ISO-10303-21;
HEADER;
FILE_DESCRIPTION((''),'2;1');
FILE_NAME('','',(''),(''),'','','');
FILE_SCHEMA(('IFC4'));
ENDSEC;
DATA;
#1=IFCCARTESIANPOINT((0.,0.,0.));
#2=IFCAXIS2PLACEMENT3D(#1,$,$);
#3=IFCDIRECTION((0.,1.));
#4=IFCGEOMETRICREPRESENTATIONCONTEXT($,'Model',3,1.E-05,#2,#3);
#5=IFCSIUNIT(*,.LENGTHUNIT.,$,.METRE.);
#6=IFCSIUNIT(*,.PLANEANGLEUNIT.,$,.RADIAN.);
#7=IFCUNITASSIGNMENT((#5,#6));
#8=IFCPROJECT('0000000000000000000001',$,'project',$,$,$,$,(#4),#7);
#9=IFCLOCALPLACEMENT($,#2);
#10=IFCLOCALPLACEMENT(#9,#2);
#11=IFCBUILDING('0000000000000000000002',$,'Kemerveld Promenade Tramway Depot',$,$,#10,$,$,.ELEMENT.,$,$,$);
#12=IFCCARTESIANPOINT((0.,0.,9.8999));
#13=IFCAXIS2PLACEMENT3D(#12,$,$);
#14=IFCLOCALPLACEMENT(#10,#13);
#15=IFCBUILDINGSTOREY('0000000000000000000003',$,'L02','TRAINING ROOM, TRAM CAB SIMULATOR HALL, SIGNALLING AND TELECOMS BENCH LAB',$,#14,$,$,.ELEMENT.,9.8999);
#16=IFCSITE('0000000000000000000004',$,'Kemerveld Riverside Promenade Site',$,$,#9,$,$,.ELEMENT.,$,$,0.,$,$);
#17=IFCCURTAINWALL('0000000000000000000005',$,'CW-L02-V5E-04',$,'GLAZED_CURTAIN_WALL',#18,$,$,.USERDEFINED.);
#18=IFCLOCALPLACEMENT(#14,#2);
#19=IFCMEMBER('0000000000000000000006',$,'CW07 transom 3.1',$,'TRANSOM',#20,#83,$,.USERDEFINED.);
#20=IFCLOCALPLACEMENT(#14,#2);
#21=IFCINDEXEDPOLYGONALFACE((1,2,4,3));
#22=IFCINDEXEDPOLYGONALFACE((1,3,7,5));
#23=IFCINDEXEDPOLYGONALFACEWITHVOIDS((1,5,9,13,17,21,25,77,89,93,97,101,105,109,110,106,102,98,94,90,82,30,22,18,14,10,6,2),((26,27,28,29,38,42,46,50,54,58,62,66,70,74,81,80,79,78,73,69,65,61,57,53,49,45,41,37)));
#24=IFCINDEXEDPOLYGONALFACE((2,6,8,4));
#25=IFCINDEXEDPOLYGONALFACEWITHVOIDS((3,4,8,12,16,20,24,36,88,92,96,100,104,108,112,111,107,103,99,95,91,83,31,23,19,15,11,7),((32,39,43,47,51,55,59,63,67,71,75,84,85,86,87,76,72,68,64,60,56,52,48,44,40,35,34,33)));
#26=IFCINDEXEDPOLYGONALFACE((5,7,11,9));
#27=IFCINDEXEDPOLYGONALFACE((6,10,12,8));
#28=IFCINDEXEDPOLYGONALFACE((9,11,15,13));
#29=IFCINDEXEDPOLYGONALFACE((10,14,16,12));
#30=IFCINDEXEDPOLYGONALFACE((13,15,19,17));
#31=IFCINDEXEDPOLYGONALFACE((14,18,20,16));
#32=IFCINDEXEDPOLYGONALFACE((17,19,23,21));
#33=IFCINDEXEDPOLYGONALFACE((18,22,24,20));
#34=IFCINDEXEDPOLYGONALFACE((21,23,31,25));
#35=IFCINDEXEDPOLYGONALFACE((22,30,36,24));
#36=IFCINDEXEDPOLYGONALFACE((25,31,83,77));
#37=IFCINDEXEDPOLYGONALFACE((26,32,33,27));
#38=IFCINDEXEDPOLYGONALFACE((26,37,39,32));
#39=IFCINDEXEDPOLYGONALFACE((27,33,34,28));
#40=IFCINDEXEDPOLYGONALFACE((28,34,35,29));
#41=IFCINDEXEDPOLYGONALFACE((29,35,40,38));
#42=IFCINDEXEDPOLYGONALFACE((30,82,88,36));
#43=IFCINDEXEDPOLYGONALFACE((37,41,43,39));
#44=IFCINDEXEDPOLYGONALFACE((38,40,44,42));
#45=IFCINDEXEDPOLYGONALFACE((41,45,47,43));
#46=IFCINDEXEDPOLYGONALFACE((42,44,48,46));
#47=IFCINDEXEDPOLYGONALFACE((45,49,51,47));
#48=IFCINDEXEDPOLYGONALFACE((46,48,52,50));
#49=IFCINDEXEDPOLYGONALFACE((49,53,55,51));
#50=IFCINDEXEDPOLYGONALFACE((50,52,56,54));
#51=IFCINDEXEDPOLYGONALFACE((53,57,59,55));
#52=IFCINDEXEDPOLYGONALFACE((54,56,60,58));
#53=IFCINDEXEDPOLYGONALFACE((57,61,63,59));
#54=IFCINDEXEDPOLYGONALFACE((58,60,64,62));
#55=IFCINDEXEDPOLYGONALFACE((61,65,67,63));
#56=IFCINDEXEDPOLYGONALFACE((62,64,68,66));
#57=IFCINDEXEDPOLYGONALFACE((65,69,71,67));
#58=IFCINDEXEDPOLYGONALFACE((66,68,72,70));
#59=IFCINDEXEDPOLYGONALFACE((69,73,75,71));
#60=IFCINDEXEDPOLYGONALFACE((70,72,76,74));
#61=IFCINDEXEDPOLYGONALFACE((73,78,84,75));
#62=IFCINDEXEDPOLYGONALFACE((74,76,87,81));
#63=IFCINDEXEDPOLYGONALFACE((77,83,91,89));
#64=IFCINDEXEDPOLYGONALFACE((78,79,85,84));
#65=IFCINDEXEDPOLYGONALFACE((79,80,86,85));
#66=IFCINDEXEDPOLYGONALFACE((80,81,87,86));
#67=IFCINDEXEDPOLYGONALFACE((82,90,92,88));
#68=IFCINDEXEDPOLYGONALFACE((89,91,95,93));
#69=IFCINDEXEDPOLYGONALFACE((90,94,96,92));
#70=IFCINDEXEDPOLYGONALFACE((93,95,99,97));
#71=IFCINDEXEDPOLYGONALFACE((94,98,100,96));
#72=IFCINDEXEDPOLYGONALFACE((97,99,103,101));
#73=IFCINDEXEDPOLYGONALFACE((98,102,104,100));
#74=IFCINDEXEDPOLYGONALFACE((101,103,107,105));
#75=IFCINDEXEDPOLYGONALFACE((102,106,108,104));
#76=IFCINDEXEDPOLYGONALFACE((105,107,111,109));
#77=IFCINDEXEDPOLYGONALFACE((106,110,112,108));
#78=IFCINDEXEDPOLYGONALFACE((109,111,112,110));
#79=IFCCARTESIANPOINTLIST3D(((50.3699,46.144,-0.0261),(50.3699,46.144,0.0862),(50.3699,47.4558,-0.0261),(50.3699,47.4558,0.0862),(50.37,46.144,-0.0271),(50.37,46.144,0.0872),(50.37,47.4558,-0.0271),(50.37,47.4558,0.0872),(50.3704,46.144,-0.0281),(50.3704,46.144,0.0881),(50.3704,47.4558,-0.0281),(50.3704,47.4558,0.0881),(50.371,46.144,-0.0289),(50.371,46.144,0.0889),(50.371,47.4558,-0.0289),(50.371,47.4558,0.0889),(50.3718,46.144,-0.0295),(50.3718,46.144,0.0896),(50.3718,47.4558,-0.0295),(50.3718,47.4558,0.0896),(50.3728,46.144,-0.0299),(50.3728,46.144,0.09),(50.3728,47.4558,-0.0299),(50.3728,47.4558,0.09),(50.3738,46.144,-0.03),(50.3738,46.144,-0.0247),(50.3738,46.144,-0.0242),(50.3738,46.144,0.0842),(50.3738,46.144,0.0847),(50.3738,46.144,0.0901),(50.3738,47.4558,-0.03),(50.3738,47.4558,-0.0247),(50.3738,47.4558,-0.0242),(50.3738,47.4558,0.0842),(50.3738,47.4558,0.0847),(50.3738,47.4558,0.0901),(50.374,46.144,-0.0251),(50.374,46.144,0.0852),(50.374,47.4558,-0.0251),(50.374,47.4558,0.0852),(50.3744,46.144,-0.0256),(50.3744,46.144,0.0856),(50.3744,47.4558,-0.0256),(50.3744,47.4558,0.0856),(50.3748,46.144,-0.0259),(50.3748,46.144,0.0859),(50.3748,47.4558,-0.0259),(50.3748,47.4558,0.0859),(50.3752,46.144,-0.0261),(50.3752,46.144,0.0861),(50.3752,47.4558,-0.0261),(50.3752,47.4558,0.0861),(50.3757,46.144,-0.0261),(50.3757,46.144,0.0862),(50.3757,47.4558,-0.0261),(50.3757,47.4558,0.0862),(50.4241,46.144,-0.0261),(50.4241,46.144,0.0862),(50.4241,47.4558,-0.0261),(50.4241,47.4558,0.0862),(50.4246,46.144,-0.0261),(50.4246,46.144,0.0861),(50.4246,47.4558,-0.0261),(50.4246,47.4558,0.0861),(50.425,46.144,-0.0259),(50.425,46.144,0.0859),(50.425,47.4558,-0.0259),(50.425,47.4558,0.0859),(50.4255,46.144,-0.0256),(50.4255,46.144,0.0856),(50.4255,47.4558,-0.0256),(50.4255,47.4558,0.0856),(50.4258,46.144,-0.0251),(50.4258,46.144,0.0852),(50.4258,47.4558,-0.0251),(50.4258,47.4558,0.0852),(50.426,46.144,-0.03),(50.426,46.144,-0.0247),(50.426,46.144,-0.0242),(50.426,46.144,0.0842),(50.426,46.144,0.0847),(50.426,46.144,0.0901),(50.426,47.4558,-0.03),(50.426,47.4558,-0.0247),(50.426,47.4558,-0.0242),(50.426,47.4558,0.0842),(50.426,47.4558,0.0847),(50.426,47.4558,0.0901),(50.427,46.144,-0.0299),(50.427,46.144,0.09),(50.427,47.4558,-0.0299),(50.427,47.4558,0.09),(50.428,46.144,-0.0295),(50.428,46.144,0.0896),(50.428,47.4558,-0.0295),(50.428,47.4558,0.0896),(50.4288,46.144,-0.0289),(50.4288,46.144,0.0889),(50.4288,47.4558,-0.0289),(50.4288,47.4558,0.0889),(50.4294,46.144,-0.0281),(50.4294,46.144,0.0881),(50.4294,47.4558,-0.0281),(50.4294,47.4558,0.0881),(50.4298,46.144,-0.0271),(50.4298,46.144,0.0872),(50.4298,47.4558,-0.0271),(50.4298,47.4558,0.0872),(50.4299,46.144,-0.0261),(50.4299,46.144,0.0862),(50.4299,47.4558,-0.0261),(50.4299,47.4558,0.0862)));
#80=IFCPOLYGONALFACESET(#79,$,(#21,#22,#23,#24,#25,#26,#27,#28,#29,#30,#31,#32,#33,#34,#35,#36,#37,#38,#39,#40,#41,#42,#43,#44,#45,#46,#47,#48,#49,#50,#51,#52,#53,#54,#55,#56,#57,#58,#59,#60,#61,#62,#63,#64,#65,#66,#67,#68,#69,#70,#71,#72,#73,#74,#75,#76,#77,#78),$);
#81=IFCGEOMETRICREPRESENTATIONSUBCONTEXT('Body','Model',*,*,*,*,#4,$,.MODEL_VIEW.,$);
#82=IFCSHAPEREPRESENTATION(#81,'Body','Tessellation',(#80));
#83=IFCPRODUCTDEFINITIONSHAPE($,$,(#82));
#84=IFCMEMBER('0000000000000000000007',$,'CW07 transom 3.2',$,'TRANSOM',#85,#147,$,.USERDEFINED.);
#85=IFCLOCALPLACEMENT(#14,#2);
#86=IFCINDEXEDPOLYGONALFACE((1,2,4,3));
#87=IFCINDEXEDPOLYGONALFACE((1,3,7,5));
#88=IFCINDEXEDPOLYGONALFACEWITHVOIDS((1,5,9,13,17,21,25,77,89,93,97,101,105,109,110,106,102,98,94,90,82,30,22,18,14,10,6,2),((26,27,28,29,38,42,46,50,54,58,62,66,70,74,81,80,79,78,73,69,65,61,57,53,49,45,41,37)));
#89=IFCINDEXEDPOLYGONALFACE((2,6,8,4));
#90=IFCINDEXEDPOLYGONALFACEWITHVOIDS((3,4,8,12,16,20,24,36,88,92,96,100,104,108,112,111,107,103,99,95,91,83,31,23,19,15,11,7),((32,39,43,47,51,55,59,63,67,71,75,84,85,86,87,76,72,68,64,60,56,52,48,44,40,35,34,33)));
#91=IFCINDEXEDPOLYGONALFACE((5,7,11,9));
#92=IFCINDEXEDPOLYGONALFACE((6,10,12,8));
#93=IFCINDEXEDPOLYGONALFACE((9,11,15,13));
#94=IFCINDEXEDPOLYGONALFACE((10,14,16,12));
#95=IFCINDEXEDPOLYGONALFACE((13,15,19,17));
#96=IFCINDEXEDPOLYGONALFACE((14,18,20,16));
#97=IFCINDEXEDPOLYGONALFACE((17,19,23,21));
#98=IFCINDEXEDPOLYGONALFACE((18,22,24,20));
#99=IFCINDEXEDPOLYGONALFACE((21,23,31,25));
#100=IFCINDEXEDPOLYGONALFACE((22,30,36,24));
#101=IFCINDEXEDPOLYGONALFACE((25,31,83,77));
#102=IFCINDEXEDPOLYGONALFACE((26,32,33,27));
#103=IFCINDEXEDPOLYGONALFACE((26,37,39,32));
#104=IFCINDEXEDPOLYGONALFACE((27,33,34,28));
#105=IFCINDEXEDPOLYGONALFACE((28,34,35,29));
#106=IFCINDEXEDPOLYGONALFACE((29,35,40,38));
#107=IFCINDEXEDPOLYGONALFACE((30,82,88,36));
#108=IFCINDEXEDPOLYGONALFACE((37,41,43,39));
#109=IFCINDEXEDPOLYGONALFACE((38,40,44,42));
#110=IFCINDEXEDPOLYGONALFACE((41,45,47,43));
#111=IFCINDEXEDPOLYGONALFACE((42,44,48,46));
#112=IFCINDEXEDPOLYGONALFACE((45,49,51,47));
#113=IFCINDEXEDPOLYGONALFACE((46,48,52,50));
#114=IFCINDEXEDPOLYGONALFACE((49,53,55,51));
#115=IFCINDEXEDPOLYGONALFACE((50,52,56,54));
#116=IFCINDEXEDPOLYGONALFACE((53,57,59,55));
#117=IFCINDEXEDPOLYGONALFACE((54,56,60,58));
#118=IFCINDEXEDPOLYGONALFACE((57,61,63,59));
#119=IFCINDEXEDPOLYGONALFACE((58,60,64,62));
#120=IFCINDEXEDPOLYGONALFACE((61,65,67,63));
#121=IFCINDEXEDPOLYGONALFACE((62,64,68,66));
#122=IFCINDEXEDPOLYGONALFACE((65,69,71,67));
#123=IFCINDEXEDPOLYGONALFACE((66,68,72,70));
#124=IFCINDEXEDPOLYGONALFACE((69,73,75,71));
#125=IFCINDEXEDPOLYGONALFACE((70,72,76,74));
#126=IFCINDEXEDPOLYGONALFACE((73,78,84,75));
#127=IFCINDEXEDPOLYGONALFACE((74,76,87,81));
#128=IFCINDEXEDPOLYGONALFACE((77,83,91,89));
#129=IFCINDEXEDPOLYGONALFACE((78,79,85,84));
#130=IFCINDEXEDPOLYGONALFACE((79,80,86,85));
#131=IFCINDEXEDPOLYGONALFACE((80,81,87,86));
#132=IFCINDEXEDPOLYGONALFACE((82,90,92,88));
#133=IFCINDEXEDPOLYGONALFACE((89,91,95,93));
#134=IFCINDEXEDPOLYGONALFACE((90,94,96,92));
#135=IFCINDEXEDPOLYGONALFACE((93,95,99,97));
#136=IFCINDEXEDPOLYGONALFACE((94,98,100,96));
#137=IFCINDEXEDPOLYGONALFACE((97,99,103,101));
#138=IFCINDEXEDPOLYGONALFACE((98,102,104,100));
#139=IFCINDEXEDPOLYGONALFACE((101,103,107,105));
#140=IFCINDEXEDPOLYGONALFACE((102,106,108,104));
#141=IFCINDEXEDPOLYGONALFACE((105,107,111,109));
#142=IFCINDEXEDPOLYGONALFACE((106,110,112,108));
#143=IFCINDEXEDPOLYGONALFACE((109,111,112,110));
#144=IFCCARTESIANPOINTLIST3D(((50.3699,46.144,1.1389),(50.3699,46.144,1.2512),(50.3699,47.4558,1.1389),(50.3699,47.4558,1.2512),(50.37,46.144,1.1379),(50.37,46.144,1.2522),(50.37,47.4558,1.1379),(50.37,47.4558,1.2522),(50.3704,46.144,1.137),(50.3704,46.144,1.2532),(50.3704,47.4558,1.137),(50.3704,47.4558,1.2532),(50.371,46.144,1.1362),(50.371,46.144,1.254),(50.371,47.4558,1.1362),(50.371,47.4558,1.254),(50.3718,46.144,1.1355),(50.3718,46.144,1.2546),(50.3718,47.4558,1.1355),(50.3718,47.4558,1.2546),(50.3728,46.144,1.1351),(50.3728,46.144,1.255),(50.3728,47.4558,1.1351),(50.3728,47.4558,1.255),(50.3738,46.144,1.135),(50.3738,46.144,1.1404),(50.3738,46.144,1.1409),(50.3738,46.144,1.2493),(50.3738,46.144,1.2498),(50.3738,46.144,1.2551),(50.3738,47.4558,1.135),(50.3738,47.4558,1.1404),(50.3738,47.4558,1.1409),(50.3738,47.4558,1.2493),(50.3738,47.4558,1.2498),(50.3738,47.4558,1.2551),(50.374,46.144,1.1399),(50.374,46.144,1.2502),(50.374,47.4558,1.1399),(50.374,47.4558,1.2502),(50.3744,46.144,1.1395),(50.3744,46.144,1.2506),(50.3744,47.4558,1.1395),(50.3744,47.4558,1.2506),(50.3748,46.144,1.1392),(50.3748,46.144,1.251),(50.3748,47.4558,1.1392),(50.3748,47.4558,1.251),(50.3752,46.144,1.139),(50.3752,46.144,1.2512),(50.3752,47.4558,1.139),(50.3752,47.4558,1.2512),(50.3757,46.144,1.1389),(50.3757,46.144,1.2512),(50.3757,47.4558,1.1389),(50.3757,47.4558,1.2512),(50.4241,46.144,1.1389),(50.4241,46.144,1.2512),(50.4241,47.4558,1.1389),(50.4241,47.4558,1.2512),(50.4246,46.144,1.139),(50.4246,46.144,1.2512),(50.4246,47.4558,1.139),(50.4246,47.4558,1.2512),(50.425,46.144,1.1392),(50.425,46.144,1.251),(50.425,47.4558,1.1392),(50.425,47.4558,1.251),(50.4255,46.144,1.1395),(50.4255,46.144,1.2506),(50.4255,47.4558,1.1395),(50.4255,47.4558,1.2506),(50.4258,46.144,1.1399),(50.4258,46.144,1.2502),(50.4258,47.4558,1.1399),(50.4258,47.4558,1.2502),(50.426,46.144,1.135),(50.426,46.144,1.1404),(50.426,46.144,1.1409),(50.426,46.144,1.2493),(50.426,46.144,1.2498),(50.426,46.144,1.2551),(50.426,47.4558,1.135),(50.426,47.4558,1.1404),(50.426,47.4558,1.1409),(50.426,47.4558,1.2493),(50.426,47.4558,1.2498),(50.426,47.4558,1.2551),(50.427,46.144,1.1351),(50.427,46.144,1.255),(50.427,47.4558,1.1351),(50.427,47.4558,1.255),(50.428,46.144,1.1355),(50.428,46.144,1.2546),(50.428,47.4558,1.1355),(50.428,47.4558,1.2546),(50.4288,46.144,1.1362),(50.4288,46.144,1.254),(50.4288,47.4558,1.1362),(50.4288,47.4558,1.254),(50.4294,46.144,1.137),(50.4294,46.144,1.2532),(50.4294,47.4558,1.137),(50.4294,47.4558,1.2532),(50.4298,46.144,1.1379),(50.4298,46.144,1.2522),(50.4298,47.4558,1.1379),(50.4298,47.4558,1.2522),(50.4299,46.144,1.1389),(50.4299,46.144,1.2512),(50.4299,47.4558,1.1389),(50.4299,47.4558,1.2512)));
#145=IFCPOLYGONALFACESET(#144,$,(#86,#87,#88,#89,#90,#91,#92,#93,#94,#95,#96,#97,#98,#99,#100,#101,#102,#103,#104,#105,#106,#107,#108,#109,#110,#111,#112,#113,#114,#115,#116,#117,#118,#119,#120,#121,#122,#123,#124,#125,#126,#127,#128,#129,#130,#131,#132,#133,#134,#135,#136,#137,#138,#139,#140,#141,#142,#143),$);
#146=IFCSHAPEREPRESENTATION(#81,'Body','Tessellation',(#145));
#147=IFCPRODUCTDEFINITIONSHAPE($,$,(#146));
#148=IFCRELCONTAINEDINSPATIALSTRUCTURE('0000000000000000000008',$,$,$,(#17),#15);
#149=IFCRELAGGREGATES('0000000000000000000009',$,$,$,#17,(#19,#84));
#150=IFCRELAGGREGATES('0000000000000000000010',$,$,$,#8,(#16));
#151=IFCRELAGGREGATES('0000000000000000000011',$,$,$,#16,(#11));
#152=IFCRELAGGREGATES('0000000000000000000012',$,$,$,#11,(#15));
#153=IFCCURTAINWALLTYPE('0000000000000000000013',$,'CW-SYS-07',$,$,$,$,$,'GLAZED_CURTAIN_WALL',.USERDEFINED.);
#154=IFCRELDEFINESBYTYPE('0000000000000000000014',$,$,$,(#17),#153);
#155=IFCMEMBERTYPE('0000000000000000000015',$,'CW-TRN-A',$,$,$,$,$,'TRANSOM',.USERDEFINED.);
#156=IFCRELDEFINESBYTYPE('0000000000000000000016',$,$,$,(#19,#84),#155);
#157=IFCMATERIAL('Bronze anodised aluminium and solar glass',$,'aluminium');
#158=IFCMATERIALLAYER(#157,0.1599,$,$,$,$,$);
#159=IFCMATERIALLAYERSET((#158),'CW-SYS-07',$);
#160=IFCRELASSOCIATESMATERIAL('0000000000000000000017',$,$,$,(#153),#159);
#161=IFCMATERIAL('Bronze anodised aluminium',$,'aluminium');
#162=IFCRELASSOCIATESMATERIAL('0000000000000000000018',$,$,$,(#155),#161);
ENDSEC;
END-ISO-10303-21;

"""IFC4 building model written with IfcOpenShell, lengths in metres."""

from ifc_helpers import new_model, si_unit, direction, frame, origin, origin_2d, place, context, subcontext, project, spatial, hollow_rectangle, extrude, material, layer, layer_set, material_profile, profile_set, type_object, element, aggregate, save


model = new_model("IFC4")

# Units and contexts
model_context = context("Model", 3, precision=1e-05, world=origin(), true_north=direction((0.0, 1.0)))
body_context = subcontext(model_context, "Body", "Model", "MODEL_VIEW")
ifc_project = project(units=[si_unit("LENGTHUNIT", "METRE"), si_unit("PLANEANGLEUNIT", "RADIAN")], contexts=[model_context])

# Site, building, storey
site_placement = place(None, origin())
site = spatial("IfcSite", under=ifc_project, at=site_placement, Name="Kemerveld Riverside Promenade Site", CompositionType="ELEMENT", RefElevation=0.0)
building_placement = place(site_placement, origin())
building = spatial("IfcBuilding", under=site, at=building_placement, Name="Kemerveld Promenade Tramway Depot", CompositionType="ELEMENT")
storey_placement = place(building_placement, frame((0.0, 0.0, 9.8999)))
storey = spatial("IfcBuildingStorey", under=building, at=storey_placement, Name="L02", Description="TRAINING ROOM, TRAM CAB SIMULATOR HALL, SIGNALLING AND TELECOMS BENCH LAB", CompositionType="ELEMENT", Elevation=9.8999)

# Curtain wall, members
ifc_material_1 = material(Name="Bronze anodised aluminium and solar glass", Category="aluminium")
ifc_layer_1 = layer(ifc_material_1, 0.1599)
ifc_layer_set_1 = layer_set([ifc_layer_1], Name="CW-SYS-07")
curtain_wall_type = type_object("IfcCurtainWallType", Name="CW-SYS-07", ElementType="GLAZED_CURTAIN_WALL", PredefinedType="USERDEFINED", material=ifc_layer_set_1)
curtain_wall_placement = place(storey_placement, origin())
curtain_wall = element("IfcCurtainWall", 1, at=curtain_wall_placement, inside=storey, type_object=curtain_wall_type, Name="CW-L02-V5E-04", ObjectType="GLAZED_CURTAIN_WALL", PredefinedType="USERDEFINED")
ifc_material_2 = material(Name="Bronze anodised aluminium", Category="aluminium")
ifc_material_profile_1 = material_profile(ifc_material_2, hollow_rectangle(XDim=0.0601, YDim=0.1201, WallThickness=0.0039, InnerFilletRadius=0.002, OuterFilletRadius=0.0039, at=origin_2d()), Name="CW-TRN-120x60")
ifc_profile_set_1 = profile_set([ifc_material_profile_1], Name="Bronze anodised aluminium")
member_type_1 = type_object("IfcMemberType", Name="CW-TRN-A", ElementType="TRANSOM", PredefinedType="USERDEFINED", material=ifc_profile_set_1)
member_1_placement = place(storey_placement, frame((50.3999, 47.4558, 0.03), z_axis=(0.0, -1.0, 0.0), x_axis=(1.0, 0.0, 0.0)))
member_1 = element("IfcMember", 2, at=member_1_placement, type_object=member_type_1, Name="CW07 transom 3.1", ObjectType="TRANSOM", PredefinedType="USERDEFINED", context=body_context, shape_type="SweptSolid", body=[
    extrude(hollow_rectangle(XDim=0.0601, YDim=0.1201, WallThickness=0.0039, InnerFilletRadius=0.002, OuterFilletRadius=0.0039, at=origin_2d()), origin(), (0.0, 0.0, 1.0), 1.3118),
])
member_2_placement = place(storey_placement, frame((50.3999, 47.4558, 1.1951), z_axis=(0.0, -1.0, 0.0), x_axis=(1.0, 0.0, 0.0)))
member_2 = element("IfcMember", 3, at=member_2_placement, type_object=member_type_1, Name="CW07 transom 3.2", ObjectType="TRANSOM", PredefinedType="USERDEFINED", context=body_context, shape_type="SweptSolid", body=[
    extrude(hollow_rectangle(XDim=0.0601, YDim=0.1201, WallThickness=0.0039, InnerFilletRadius=0.002, OuterFilletRadius=0.0039, at=origin_2d()), origin(), (0.0, 0.0, 1.0), 1.3118),
])
aggregate(curtain_wall, [member_1, member_2])

save(model, "model.ifc")
